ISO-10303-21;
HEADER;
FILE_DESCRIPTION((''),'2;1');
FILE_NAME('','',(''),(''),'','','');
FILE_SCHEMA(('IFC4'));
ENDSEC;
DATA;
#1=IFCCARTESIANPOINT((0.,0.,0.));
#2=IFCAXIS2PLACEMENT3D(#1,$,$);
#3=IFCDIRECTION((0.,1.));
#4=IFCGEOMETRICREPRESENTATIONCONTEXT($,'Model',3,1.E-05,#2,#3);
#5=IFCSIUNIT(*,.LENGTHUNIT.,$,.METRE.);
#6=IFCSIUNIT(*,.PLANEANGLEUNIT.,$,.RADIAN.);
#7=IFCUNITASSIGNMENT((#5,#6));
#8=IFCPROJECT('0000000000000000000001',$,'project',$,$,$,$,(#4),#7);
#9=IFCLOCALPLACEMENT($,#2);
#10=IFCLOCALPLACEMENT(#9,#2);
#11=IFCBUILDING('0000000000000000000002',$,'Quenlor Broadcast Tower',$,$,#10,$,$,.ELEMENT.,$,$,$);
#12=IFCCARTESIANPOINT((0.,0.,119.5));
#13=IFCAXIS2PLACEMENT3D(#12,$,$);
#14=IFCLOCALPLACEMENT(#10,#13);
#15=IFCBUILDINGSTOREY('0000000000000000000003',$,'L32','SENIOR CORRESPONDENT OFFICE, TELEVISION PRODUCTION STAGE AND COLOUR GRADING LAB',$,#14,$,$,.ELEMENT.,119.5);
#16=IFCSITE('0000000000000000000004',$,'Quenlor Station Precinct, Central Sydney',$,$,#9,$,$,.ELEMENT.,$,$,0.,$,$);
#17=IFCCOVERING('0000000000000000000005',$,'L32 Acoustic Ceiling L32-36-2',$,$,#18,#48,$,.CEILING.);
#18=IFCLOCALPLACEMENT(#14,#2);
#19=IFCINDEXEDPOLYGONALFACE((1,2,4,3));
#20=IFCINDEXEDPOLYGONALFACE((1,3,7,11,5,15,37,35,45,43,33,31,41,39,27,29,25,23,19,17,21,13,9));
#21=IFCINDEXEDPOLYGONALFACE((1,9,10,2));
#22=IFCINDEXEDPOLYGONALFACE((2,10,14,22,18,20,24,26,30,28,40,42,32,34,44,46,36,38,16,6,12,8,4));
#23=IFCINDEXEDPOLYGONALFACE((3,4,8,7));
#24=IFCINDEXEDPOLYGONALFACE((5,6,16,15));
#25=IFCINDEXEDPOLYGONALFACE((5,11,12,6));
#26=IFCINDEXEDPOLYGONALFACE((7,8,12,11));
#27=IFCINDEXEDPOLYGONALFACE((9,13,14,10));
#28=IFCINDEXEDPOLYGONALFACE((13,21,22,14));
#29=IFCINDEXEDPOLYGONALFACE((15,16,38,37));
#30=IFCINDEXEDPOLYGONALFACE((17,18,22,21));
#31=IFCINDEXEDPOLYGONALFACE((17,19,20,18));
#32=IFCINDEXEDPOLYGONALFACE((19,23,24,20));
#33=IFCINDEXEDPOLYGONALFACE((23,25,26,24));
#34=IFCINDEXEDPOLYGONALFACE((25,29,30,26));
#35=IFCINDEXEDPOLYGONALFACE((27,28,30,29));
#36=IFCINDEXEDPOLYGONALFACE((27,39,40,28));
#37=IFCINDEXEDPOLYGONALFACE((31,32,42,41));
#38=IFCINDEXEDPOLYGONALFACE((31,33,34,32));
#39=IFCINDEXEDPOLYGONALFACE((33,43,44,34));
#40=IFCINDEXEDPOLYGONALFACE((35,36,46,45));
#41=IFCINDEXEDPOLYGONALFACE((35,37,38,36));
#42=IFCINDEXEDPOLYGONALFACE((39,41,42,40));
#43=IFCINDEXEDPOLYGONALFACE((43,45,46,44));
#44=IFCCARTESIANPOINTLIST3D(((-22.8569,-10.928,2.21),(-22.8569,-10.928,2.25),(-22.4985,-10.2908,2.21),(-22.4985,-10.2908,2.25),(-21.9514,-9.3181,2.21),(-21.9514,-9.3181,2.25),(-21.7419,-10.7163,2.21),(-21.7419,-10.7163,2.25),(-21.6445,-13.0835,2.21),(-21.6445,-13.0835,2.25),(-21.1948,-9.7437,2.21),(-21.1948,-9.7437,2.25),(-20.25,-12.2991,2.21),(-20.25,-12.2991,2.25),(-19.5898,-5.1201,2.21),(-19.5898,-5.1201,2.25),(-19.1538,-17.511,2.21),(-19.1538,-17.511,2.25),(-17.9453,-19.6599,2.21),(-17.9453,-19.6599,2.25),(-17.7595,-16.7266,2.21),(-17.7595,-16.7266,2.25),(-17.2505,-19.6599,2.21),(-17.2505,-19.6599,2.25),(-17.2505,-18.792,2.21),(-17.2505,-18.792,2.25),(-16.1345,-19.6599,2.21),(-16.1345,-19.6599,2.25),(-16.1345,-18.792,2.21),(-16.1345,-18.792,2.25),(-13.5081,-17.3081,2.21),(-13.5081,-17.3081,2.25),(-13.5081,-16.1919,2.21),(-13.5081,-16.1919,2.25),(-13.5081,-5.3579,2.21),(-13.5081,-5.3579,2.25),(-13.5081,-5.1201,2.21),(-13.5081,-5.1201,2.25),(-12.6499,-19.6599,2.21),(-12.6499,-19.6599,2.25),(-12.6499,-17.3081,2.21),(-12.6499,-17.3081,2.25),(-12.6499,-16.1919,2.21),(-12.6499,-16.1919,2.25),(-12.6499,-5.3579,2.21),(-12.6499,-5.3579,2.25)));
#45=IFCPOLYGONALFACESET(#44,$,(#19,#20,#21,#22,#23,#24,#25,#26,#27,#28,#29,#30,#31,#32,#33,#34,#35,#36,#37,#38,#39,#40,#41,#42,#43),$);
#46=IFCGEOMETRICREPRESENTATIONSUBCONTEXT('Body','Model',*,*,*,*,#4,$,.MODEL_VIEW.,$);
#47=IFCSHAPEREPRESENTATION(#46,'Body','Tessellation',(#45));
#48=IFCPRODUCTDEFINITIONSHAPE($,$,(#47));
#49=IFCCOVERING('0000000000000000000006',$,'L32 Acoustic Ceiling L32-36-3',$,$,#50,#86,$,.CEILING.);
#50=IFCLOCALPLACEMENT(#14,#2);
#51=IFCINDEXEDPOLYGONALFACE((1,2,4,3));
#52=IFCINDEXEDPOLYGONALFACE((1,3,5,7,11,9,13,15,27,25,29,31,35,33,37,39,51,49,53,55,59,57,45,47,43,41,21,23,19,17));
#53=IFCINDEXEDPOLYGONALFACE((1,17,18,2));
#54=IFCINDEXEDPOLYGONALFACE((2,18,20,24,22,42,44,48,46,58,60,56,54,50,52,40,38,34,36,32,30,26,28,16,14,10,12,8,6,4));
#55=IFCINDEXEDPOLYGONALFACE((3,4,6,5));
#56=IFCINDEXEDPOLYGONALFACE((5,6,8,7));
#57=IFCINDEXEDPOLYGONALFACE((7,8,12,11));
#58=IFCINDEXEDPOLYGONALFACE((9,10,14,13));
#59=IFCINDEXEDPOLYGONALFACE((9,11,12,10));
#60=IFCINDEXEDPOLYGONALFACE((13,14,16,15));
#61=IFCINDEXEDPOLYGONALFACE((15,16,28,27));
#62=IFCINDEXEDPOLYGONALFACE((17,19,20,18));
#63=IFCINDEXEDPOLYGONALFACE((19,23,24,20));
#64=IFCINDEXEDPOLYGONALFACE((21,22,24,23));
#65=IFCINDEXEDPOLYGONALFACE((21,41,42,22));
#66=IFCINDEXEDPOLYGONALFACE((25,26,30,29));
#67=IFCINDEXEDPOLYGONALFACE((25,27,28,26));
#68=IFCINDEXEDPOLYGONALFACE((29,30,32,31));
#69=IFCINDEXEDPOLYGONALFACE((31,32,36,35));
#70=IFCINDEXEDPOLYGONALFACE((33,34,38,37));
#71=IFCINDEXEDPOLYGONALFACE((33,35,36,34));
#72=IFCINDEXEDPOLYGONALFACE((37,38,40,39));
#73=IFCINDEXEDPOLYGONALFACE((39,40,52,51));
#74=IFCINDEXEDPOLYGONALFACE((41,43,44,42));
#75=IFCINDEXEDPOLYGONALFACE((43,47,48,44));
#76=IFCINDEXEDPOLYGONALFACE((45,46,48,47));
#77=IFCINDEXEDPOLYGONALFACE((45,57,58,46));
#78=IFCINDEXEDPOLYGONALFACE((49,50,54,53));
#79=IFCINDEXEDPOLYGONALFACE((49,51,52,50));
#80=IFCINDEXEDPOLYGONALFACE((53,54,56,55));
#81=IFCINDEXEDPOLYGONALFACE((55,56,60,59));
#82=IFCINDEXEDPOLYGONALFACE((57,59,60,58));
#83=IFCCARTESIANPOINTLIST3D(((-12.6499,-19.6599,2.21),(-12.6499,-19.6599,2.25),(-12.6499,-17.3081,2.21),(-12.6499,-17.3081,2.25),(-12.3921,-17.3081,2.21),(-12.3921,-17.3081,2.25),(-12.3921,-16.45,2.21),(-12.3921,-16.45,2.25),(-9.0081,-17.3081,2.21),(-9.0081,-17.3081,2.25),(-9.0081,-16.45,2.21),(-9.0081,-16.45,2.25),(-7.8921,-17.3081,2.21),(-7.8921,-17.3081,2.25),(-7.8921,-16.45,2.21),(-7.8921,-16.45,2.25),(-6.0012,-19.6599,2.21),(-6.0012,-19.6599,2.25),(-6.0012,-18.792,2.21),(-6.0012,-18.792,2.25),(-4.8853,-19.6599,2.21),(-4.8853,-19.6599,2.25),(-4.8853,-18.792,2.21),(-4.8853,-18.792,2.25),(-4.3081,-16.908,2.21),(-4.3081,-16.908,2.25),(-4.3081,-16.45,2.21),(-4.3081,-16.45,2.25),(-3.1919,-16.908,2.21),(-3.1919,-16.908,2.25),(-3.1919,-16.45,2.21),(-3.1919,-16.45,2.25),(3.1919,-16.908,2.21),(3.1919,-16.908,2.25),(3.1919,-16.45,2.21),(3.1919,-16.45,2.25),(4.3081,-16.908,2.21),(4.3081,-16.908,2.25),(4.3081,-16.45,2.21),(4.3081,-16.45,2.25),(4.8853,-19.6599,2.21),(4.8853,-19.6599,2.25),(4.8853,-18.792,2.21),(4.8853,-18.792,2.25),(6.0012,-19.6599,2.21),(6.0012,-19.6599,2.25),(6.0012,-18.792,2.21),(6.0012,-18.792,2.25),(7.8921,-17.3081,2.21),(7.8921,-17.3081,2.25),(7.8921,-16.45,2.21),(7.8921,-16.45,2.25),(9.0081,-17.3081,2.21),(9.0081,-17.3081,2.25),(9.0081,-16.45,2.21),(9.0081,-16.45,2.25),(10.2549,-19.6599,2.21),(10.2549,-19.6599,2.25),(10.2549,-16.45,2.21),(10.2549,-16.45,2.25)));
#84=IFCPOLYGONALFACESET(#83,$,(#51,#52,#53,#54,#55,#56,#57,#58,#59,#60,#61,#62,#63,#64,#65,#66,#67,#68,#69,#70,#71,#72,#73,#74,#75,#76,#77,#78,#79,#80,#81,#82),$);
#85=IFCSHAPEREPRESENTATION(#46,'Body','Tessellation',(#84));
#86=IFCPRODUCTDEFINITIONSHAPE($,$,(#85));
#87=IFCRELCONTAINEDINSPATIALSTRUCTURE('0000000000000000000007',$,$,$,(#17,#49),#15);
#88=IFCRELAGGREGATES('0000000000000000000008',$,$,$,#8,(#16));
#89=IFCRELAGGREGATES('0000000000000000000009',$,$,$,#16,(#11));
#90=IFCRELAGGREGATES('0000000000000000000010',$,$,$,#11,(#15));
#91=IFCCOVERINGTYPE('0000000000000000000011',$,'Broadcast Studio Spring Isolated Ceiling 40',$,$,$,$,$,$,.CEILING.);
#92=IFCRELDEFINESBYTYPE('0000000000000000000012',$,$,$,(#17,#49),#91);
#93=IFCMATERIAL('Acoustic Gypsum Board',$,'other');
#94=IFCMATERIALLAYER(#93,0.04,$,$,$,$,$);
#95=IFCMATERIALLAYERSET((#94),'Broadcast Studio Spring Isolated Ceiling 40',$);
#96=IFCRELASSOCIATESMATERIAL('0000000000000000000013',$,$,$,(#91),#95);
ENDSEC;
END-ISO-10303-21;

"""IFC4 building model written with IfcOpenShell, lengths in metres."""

from ifc_helpers import new_model, si_unit, direction, frame, origin, place, context, subcontext, project, spatial, polyline, outline, extrude, material, layer, layer_set, type_object, element, save


model = new_model("IFC4")

# Units and contexts
model_context = context("Model", 3, precision=1e-05, world=origin(), true_north=direction((0.0, 1.0)))
body_context = subcontext(model_context, "Body", "Model", "MODEL_VIEW")
ifc_project = project(units=[si_unit("LENGTHUNIT", "METRE"), si_unit("PLANEANGLEUNIT", "RADIAN")], contexts=[model_context])

# Site, building, storey
site_placement = place(None, origin())
site = spatial("IfcSite", under=ifc_project, at=site_placement, Name="Quenlor Station Precinct, Central Sydney", CompositionType="ELEMENT", RefElevation=0.0)
building_placement = place(site_placement, origin())
building = spatial("IfcBuilding", under=site, at=building_placement, Name="Quenlor Broadcast Tower", CompositionType="ELEMENT")
storey_placement = place(building_placement, frame((0.0, 0.0, 119.5)))
storey = spatial("IfcBuildingStorey", under=building, at=storey_placement, Name="L32", Description="SENIOR CORRESPONDENT OFFICE, TELEVISION PRODUCTION STAGE AND COLOUR GRADING LAB", CompositionType="ELEMENT", Elevation=119.5)

# Coverings
ifc_material_1 = material(Name="Acoustic Gypsum Board", Category="other")
ifc_layer_1 = layer(ifc_material_1, 0.04)
ifc_layer_set_1 = layer_set([ifc_layer_1], Name="Broadcast Studio Spring Isolated Ceiling 40")
covering_type_1 = type_object("IfcCoveringType", Name="Broadcast Studio Spring Isolated Ceiling 40", PredefinedType="CEILING", material=ifc_layer_set_1)
covering_1_placement = place(storey_placement, frame((0.0, 0.0, 2.21)))
element("IfcCovering", 1, at=covering_1_placement, inside=storey, type_object=covering_type_1, Name="L32 Acoustic Ceiling L32-36-2", PredefinedType="CEILING", context=body_context, shape_type="SweptSolid", body=[
    extrude(outline(polyline([(-22.4985, -10.2908), (-21.7419, -10.7163), (-21.1948, -9.7437), (-21.9514, -9.3181), (-19.5898, -5.1201), (-13.5081, -5.1201), (-13.5081, -5.3579), (-12.6499, -5.3579), (-12.6499, -16.1919), (-13.5081, -16.1919), (-13.5081, -17.3081), (-12.6499, -17.3081), (-12.6499, -19.6599), (-16.1345, -19.6599), (-16.1345, -18.792), (-17.2505, -18.792), (-17.2505, -19.6599), (-17.9453, -19.6599), (-19.1538, -17.511), (-17.7595, -16.7266), (-20.25, -12.2991), (-21.6445, -13.0835), (-22.8569, -10.928), (-22.4985, -10.2908)])), origin(), (0.0, 0.0, 1.0), 0.04),
])
covering_2_placement = place(storey_placement, frame((0.0, 0.0, 2.21)))
element("IfcCovering", 2, at=covering_2_placement, inside=storey, type_object=covering_type_1, Name="L32 Acoustic Ceiling L32-36-3", PredefinedType="CEILING", context=body_context, shape_type="SweptSolid", body=[
    extrude(outline(polyline([(-12.3921, -17.3081), (-12.3921, -16.45), (-9.0081, -16.45), (-9.0081, -17.3081), (-7.8921, -17.3081), (-7.8921, -16.45), (-4.3081, -16.45), (-4.3081, -16.908), (-3.1919, -16.908), (-3.1919, -16.45), (3.1919, -16.45), (3.1919, -16.908), (4.3081, -16.908), (4.3081, -16.45), (7.8921, -16.45), (7.8921, -17.3081), (9.0081, -17.3081), (9.0081, -16.45), (10.2549, -16.45), (10.2549, -19.6599), (6.0012, -19.6599), (6.0012, -18.792), (4.8853, -18.792), (4.8853, -19.6599), (-4.8853, -19.6599), (-4.8853, -18.792), (-6.0012, -18.792), (-6.0012, -19.6599), (-12.6499, -19.6599), (-12.6499, -17.3081), (-12.3921, -17.3081)])), origin(), (0.0, 0.0, 1.0), 0.04),
])

save(model, "model.ifc")
